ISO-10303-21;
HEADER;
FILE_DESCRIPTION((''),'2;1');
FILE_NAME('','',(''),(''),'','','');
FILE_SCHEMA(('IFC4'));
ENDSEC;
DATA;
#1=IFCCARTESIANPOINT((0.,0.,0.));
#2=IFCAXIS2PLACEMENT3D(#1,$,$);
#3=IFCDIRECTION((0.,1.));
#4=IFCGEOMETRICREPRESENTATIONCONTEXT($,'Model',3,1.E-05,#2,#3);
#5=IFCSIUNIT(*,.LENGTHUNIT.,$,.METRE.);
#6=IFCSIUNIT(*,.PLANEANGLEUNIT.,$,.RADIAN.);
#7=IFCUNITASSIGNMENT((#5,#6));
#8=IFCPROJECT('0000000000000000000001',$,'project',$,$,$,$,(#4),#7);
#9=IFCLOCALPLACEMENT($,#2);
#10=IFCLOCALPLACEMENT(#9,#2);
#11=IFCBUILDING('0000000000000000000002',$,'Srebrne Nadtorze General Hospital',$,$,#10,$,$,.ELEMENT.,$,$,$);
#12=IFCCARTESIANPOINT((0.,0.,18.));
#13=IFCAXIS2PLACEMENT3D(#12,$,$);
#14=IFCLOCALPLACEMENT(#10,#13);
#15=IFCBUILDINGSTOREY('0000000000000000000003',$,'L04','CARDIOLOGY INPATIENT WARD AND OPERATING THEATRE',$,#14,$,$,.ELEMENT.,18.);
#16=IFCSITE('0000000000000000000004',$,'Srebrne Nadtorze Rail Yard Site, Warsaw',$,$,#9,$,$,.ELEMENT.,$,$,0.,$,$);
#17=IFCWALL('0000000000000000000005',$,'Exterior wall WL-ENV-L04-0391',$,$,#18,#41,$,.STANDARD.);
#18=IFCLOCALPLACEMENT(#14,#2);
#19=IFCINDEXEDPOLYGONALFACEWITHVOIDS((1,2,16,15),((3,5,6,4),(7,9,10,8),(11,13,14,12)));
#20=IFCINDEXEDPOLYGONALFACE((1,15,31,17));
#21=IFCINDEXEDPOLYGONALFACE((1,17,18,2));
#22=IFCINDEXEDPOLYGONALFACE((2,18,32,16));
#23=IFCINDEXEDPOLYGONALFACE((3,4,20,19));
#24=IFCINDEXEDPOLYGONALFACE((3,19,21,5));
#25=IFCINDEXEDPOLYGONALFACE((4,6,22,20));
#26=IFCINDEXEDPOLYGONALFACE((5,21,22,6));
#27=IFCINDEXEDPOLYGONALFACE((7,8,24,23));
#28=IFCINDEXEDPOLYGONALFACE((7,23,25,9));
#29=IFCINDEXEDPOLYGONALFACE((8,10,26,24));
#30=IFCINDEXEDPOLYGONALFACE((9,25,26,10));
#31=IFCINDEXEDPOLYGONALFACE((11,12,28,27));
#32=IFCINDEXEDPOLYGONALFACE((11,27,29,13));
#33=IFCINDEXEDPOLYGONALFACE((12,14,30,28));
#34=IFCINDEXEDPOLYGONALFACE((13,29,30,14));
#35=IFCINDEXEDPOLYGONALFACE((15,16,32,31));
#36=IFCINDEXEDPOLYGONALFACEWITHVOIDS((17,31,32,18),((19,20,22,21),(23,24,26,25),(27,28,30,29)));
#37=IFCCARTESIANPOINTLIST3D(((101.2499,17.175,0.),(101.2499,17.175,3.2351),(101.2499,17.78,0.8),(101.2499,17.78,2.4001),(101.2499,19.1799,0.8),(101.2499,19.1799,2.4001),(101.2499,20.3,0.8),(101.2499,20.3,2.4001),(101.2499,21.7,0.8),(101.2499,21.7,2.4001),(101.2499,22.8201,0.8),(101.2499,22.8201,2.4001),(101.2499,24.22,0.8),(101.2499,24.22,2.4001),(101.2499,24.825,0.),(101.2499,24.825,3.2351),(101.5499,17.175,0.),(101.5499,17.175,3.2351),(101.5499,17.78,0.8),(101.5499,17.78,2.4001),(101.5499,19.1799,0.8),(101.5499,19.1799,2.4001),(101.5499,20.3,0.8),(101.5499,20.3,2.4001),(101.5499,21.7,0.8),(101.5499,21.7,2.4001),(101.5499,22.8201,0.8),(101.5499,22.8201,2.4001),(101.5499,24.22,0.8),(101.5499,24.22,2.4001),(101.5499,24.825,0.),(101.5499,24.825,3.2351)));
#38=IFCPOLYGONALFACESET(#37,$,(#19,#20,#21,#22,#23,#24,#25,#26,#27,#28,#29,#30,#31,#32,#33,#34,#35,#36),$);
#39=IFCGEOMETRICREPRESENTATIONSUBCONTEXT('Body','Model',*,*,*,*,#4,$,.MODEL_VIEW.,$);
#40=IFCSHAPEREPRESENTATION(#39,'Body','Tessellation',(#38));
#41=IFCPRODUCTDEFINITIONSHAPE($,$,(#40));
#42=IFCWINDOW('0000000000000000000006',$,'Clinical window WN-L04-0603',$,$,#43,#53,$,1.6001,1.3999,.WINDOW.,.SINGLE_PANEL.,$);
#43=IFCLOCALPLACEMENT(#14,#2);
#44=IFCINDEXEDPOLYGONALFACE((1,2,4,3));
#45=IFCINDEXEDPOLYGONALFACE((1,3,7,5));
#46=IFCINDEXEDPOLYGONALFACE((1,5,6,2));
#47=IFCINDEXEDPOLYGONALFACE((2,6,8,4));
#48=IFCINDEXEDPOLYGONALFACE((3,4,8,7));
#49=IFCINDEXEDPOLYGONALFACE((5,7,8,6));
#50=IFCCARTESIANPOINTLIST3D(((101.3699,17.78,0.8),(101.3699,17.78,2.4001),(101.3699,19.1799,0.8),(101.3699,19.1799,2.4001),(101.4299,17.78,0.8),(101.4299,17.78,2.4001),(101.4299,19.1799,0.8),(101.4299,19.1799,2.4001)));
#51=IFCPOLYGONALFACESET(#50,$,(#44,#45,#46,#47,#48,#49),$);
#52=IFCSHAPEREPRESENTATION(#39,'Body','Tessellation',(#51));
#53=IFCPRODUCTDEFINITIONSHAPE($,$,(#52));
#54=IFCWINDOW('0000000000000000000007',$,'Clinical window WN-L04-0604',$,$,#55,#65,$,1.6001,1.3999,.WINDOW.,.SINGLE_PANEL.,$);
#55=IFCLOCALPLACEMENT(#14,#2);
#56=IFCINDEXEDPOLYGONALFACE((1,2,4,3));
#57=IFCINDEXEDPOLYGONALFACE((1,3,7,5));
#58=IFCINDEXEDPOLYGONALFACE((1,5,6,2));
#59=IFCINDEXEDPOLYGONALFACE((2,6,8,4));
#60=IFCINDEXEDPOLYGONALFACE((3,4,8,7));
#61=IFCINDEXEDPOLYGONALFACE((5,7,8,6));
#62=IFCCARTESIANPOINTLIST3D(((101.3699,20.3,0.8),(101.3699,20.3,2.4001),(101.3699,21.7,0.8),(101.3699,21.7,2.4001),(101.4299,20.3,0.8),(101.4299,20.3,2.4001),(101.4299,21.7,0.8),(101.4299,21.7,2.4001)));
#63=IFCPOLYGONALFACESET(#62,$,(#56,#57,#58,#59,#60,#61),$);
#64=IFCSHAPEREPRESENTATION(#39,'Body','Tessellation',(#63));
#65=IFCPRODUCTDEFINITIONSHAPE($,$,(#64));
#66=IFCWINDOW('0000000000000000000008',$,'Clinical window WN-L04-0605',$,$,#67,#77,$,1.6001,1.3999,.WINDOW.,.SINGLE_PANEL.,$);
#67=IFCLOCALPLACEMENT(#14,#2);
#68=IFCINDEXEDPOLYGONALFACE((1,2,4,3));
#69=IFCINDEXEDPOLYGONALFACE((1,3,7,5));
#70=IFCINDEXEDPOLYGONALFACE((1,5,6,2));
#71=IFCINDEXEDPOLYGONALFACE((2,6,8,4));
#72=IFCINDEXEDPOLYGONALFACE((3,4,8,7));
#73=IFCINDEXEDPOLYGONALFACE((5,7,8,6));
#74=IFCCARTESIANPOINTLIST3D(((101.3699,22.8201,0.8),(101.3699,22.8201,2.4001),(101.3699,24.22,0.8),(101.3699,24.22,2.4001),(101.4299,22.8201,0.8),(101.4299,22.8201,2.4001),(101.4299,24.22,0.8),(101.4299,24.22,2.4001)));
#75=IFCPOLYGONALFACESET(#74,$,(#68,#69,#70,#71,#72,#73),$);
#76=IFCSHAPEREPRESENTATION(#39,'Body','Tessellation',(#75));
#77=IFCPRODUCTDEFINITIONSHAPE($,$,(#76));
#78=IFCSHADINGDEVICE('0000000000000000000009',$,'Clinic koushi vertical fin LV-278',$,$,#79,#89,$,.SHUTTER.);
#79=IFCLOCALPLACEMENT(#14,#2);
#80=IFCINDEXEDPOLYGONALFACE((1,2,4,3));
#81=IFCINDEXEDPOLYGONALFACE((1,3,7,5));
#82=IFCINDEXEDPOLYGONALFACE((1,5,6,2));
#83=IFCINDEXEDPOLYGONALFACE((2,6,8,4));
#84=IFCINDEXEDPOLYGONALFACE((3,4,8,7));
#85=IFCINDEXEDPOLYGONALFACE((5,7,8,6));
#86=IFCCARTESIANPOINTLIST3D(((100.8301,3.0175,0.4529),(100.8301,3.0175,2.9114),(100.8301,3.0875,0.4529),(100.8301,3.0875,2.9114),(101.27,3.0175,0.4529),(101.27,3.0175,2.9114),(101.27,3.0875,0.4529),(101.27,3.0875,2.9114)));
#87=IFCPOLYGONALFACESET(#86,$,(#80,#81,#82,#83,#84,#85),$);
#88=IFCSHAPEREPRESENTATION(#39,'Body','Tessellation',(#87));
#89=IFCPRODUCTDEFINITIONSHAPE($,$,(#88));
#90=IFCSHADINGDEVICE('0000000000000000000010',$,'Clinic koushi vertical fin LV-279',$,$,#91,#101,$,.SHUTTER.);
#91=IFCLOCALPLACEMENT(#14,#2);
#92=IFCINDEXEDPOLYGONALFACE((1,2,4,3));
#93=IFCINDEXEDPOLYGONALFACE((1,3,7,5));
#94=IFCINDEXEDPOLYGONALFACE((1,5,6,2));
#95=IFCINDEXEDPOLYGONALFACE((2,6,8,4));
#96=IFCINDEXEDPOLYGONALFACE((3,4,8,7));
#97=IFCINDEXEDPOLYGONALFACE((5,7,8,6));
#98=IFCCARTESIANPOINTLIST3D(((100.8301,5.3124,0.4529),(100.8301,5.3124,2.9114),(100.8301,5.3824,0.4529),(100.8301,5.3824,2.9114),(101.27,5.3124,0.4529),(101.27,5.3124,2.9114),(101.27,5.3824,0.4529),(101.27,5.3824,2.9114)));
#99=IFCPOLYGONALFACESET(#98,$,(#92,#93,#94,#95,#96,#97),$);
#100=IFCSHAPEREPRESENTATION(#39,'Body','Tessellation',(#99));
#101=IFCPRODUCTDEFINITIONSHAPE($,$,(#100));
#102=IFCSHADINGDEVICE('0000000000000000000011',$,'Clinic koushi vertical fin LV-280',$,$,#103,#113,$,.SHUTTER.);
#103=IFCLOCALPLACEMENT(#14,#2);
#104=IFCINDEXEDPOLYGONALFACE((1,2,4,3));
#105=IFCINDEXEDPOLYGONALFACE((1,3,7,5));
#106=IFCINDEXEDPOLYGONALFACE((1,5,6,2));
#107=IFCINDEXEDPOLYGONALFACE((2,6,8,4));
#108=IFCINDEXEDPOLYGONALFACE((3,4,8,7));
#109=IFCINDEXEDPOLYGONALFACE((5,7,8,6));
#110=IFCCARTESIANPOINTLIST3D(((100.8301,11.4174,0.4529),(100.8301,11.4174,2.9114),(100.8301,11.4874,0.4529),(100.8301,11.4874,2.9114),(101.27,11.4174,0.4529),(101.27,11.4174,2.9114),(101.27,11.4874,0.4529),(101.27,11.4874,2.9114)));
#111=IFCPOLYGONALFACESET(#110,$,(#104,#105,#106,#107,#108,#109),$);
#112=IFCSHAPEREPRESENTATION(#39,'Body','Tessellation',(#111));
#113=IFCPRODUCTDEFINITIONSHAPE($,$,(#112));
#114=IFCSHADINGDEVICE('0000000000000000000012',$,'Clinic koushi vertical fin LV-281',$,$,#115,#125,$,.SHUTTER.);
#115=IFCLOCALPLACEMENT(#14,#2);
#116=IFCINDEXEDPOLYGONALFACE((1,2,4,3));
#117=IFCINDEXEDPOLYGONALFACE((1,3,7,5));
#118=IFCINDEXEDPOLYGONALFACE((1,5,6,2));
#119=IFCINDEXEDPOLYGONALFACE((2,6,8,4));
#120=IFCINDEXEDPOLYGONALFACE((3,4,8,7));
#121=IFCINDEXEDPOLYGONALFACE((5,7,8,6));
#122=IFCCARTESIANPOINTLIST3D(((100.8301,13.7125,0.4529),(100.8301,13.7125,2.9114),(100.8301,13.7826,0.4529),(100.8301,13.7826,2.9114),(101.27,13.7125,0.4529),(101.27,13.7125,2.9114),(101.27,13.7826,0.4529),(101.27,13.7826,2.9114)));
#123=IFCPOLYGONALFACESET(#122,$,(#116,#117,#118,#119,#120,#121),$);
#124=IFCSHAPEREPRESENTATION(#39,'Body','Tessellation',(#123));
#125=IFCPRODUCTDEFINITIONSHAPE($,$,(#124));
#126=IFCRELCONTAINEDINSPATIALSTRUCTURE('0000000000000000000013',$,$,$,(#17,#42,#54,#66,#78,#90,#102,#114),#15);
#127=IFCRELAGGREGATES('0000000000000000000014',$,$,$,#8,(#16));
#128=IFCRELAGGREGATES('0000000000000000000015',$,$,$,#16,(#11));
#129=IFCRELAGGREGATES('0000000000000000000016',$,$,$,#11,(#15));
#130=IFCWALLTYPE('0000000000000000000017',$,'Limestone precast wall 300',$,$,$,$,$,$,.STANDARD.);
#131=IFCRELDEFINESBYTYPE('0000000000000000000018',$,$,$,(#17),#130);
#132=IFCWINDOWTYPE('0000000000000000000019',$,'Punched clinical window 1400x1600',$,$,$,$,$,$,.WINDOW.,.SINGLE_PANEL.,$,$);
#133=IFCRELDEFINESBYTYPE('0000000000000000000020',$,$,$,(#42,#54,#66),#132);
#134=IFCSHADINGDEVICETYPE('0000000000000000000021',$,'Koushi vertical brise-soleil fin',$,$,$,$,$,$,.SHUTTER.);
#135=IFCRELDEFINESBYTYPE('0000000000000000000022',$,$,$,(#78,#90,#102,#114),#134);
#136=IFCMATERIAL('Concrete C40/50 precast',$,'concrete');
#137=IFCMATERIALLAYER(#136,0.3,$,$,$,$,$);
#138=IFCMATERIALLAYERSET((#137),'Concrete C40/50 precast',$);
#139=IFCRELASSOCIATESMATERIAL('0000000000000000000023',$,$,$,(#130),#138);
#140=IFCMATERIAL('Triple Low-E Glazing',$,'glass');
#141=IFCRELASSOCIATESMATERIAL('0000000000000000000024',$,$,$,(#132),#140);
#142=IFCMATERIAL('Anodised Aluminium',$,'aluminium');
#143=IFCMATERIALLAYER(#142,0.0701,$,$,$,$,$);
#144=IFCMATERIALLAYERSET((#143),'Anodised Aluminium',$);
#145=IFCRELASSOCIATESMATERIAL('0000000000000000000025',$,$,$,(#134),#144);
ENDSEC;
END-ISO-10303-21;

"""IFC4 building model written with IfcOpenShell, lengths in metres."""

from ifc_helpers import new_model, si_unit, direction, frame, frame_2d, origin, origin_2d, place, context, subcontext, project, spatial, rectangle, extrude, material, layer, layer_set, type_object, element, fill, save


model = new_model("IFC4")

# Units and contexts
model_context = context("Model", 3, precision=1e-05, world=origin(), true_north=direction((0.0, 1.0)))
body_context = subcontext(model_context, "Body", "Model", "MODEL_VIEW")
ifc_project = project(units=[si_unit("LENGTHUNIT", "METRE"), si_unit("PLANEANGLEUNIT", "RADIAN")], contexts=[model_context])

# Site, building, storey
site_placement = place(None, origin())
site = spatial("IfcSite", under=ifc_project, at=site_placement, Name="Srebrne Nadtorze Rail Yard Site, Warsaw", CompositionType="ELEMENT", RefElevation=0.0)
building_placement = place(site_placement, origin())
building = spatial("IfcBuilding", under=site, at=building_placement, Name="Srebrne Nadtorze General Hospital", CompositionType="ELEMENT")
storey_placement = place(building_placement, frame((0.0, 0.0, 18.0)))
storey = spatial("IfcBuildingStorey", under=building, at=storey_placement, Name="L04", Description="CARDIOLOGY INPATIENT WARD AND OPERATING THEATRE", CompositionType="ELEMENT", Elevation=18.0)

# Wall, openings, windows
ifc_material_1 = material(Name="Concrete C40/50 precast", Category="concrete")
ifc_layer_1 = layer(ifc_material_1, 0.3)
ifc_layer_set_1 = layer_set([ifc_layer_1], Name="Concrete C40/50 precast")
wall_type_1 = type_object("IfcWallType", Name="Limestone precast wall 300", PredefinedType="STANDARD", material=ifc_layer_set_1)
wall_1_placement = place(storey_placement, frame((101.3999, 17.175, 0.0), z_axis=(0.0, 0.0, 1.0), x_axis=(0.0, 1.0, 0.0)))
wall_1 = element("IfcWall", 1, at=wall_1_placement, inside=storey, type_object=wall_type_1, Name="Exterior wall WL-ENV-L04-0391", PredefinedType="STANDARD", context=body_context, shape_type="SweptSolid", body=[
    extrude(rectangle(XDim=7.6499, YDim=0.3, at=frame_2d((3.825, 0.0))), origin(), (0.0, 0.0, 1.0), 3.2351),
])
opening_1_placement = place(wall_1_placement, frame((0.605, 0.0, 0.8)))
opening_1 = element("IfcOpeningElement", 2, at=opening_1_placement, cuts=wall_1, PredefinedType="OPENING", context=body_context, shape_type="SweptSolid", body=[
    extrude(rectangle(XDim=1.3999, YDim=1.6001, at=frame_2d((0.7, 0.8))), frame((0.0, 0.1621, 0.0), z_axis=(0.0, -1.0, 0.0), x_axis=(1.0, 0.0, 0.0)), (0.0, 0.0, 1.0), 0.324),
])
opening_2_placement = place(wall_1_placement, frame((3.125, 0.0, 0.8)))
opening_2 = element("IfcOpeningElement", 3, at=opening_2_placement, cuts=wall_1, PredefinedType="OPENING", context=body_context, shape_type="SweptSolid", body=[
    extrude(rectangle(XDim=1.3999, YDim=1.6001, at=frame_2d((0.7, 0.8))), frame((0.0, 0.1621, 0.0), z_axis=(0.0, -1.0, 0.0), x_axis=(1.0, 0.0, 0.0)), (0.0, 0.0, 1.0), 0.324),
])
opening_3_placement = place(wall_1_placement, frame((5.645, 0.0, 0.8)))
opening_3 = element("IfcOpeningElement", 4, at=opening_3_placement, cuts=wall_1, PredefinedType="OPENING", context=body_context, shape_type="SweptSolid", body=[
    extrude(rectangle(XDim=1.3999, YDim=1.6001, at=frame_2d((0.7, 0.8))), frame((0.0, 0.1621, 0.0), z_axis=(0.0, -1.0, 0.0), x_axis=(1.0, 0.0, 0.0)), (0.0, 0.0, 1.0), 0.324),
])
ifc_material_2 = material(Name="Triple Low-E Glazing", Category="glass")
window_type_1 = type_object("IfcWindowType", Name="Punched clinical window 1400x1600", PartitioningType="SINGLE_PANEL", PredefinedType="WINDOW", material=ifc_material_2)
window_1_placement = place(opening_1_placement, origin())
window_1 = element("IfcWindow", 5, at=window_1_placement, inside=storey, type_object=window_type_1, Name="Clinical window WN-L04-0603", OverallHeight=1.6001, OverallWidth=1.3999, PartitioningType="SINGLE_PANEL", PredefinedType="WINDOW", context=body_context, shape_type="SweptSolid", body=[
    extrude(rectangle(XDim=1.3999, YDim=1.6001, at=frame_2d((0.7, 0.8))), frame((0.0, 0.03, 0.0), z_axis=(0.0, -1.0, 0.0), x_axis=(1.0, 0.0, 0.0)), (0.0, 0.0, 1.0), 0.0601),
])
fill(opening_1, window_1)
window_2_placement = place(opening_2_placement, origin())
window_2 = element("IfcWindow", 6, at=window_2_placement, inside=storey, type_object=window_type_1, Name="Clinical window WN-L04-0604", OverallHeight=1.6001, OverallWidth=1.3999, PartitioningType="SINGLE_PANEL", PredefinedType="WINDOW", context=body_context, shape_type="SweptSolid", body=[
    extrude(rectangle(XDim=1.3999, YDim=1.6001, at=frame_2d((0.7, 0.8))), frame((0.0, 0.03, 0.0), z_axis=(0.0, -1.0, 0.0), x_axis=(1.0, 0.0, 0.0)), (0.0, 0.0, 1.0), 0.0601),
])
fill(opening_2, window_2)
window_3_placement = place(opening_3_placement, origin())
window_3 = element("IfcWindow", 7, at=window_3_placement, inside=storey, type_object=window_type_1, Name="Clinical window WN-L04-0605", OverallHeight=1.6001, OverallWidth=1.3999, PartitioningType="SINGLE_PANEL", PredefinedType="WINDOW", context=body_context, shape_type="SweptSolid", body=[
    extrude(rectangle(XDim=1.3999, YDim=1.6001, at=frame_2d((0.7, 0.8))), frame((0.0, 0.03, 0.0), z_axis=(0.0, -1.0, 0.0), x_axis=(1.0, 0.0, 0.0)), (0.0, 0.0, 1.0), 0.0601),
])
fill(opening_3, window_3)

# Shading devices
ifc_material_3 = material(Name="Anodised Aluminium", Category="aluminium")
ifc_layer_2 = layer(ifc_material_3, 0.0701)
ifc_layer_set_2 = layer_set([ifc_layer_2], Name="Anodised Aluminium")
shading_device_type = type_object("IfcShadingDeviceType", Name="Koushi vertical brise-soleil fin", PredefinedType="SHUTTER", material=ifc_layer_set_2)
for number, where, z_axis, x_axis, name in (
    (8, (101.05, 3.0525, 0.4529), (0.0, 0.0, 1.0), (1.0, 0.0, 0.0), "Clinic koushi vertical fin LV-278"),
    (9, (101.05, 5.3474, 0.4529), (0.0, 0.0, 1.0), (1.0, 0.0, 0.0), "Clinic koushi vertical fin LV-279"),
    (10, (101.05, 11.4524, 0.4529), (0.0, 0.0, 1.0), (1.0, 0.0, 0.0), "Clinic koushi vertical fin LV-280"),
    (11, (101.05, 13.7476, 0.4529), (0.0, 0.0, 1.0), (1.0, 0.0, 0.0), "Clinic koushi vertical fin LV-281"),
):
    element("IfcShadingDevice", number, at=place(storey_placement, frame(where, z_axis=z_axis, x_axis=x_axis)), inside=storey, type_object=shading_device_type, Name=name, PredefinedType="SHUTTER", context=body_context, shape_type="SweptSolid", body=[
        extrude(rectangle(XDim=0.4399, YDim=0.0701, at=origin_2d()), origin(), (0.0, 0.0, 1.0), 2.4585),
    ])

save(model, "model.ifc")
